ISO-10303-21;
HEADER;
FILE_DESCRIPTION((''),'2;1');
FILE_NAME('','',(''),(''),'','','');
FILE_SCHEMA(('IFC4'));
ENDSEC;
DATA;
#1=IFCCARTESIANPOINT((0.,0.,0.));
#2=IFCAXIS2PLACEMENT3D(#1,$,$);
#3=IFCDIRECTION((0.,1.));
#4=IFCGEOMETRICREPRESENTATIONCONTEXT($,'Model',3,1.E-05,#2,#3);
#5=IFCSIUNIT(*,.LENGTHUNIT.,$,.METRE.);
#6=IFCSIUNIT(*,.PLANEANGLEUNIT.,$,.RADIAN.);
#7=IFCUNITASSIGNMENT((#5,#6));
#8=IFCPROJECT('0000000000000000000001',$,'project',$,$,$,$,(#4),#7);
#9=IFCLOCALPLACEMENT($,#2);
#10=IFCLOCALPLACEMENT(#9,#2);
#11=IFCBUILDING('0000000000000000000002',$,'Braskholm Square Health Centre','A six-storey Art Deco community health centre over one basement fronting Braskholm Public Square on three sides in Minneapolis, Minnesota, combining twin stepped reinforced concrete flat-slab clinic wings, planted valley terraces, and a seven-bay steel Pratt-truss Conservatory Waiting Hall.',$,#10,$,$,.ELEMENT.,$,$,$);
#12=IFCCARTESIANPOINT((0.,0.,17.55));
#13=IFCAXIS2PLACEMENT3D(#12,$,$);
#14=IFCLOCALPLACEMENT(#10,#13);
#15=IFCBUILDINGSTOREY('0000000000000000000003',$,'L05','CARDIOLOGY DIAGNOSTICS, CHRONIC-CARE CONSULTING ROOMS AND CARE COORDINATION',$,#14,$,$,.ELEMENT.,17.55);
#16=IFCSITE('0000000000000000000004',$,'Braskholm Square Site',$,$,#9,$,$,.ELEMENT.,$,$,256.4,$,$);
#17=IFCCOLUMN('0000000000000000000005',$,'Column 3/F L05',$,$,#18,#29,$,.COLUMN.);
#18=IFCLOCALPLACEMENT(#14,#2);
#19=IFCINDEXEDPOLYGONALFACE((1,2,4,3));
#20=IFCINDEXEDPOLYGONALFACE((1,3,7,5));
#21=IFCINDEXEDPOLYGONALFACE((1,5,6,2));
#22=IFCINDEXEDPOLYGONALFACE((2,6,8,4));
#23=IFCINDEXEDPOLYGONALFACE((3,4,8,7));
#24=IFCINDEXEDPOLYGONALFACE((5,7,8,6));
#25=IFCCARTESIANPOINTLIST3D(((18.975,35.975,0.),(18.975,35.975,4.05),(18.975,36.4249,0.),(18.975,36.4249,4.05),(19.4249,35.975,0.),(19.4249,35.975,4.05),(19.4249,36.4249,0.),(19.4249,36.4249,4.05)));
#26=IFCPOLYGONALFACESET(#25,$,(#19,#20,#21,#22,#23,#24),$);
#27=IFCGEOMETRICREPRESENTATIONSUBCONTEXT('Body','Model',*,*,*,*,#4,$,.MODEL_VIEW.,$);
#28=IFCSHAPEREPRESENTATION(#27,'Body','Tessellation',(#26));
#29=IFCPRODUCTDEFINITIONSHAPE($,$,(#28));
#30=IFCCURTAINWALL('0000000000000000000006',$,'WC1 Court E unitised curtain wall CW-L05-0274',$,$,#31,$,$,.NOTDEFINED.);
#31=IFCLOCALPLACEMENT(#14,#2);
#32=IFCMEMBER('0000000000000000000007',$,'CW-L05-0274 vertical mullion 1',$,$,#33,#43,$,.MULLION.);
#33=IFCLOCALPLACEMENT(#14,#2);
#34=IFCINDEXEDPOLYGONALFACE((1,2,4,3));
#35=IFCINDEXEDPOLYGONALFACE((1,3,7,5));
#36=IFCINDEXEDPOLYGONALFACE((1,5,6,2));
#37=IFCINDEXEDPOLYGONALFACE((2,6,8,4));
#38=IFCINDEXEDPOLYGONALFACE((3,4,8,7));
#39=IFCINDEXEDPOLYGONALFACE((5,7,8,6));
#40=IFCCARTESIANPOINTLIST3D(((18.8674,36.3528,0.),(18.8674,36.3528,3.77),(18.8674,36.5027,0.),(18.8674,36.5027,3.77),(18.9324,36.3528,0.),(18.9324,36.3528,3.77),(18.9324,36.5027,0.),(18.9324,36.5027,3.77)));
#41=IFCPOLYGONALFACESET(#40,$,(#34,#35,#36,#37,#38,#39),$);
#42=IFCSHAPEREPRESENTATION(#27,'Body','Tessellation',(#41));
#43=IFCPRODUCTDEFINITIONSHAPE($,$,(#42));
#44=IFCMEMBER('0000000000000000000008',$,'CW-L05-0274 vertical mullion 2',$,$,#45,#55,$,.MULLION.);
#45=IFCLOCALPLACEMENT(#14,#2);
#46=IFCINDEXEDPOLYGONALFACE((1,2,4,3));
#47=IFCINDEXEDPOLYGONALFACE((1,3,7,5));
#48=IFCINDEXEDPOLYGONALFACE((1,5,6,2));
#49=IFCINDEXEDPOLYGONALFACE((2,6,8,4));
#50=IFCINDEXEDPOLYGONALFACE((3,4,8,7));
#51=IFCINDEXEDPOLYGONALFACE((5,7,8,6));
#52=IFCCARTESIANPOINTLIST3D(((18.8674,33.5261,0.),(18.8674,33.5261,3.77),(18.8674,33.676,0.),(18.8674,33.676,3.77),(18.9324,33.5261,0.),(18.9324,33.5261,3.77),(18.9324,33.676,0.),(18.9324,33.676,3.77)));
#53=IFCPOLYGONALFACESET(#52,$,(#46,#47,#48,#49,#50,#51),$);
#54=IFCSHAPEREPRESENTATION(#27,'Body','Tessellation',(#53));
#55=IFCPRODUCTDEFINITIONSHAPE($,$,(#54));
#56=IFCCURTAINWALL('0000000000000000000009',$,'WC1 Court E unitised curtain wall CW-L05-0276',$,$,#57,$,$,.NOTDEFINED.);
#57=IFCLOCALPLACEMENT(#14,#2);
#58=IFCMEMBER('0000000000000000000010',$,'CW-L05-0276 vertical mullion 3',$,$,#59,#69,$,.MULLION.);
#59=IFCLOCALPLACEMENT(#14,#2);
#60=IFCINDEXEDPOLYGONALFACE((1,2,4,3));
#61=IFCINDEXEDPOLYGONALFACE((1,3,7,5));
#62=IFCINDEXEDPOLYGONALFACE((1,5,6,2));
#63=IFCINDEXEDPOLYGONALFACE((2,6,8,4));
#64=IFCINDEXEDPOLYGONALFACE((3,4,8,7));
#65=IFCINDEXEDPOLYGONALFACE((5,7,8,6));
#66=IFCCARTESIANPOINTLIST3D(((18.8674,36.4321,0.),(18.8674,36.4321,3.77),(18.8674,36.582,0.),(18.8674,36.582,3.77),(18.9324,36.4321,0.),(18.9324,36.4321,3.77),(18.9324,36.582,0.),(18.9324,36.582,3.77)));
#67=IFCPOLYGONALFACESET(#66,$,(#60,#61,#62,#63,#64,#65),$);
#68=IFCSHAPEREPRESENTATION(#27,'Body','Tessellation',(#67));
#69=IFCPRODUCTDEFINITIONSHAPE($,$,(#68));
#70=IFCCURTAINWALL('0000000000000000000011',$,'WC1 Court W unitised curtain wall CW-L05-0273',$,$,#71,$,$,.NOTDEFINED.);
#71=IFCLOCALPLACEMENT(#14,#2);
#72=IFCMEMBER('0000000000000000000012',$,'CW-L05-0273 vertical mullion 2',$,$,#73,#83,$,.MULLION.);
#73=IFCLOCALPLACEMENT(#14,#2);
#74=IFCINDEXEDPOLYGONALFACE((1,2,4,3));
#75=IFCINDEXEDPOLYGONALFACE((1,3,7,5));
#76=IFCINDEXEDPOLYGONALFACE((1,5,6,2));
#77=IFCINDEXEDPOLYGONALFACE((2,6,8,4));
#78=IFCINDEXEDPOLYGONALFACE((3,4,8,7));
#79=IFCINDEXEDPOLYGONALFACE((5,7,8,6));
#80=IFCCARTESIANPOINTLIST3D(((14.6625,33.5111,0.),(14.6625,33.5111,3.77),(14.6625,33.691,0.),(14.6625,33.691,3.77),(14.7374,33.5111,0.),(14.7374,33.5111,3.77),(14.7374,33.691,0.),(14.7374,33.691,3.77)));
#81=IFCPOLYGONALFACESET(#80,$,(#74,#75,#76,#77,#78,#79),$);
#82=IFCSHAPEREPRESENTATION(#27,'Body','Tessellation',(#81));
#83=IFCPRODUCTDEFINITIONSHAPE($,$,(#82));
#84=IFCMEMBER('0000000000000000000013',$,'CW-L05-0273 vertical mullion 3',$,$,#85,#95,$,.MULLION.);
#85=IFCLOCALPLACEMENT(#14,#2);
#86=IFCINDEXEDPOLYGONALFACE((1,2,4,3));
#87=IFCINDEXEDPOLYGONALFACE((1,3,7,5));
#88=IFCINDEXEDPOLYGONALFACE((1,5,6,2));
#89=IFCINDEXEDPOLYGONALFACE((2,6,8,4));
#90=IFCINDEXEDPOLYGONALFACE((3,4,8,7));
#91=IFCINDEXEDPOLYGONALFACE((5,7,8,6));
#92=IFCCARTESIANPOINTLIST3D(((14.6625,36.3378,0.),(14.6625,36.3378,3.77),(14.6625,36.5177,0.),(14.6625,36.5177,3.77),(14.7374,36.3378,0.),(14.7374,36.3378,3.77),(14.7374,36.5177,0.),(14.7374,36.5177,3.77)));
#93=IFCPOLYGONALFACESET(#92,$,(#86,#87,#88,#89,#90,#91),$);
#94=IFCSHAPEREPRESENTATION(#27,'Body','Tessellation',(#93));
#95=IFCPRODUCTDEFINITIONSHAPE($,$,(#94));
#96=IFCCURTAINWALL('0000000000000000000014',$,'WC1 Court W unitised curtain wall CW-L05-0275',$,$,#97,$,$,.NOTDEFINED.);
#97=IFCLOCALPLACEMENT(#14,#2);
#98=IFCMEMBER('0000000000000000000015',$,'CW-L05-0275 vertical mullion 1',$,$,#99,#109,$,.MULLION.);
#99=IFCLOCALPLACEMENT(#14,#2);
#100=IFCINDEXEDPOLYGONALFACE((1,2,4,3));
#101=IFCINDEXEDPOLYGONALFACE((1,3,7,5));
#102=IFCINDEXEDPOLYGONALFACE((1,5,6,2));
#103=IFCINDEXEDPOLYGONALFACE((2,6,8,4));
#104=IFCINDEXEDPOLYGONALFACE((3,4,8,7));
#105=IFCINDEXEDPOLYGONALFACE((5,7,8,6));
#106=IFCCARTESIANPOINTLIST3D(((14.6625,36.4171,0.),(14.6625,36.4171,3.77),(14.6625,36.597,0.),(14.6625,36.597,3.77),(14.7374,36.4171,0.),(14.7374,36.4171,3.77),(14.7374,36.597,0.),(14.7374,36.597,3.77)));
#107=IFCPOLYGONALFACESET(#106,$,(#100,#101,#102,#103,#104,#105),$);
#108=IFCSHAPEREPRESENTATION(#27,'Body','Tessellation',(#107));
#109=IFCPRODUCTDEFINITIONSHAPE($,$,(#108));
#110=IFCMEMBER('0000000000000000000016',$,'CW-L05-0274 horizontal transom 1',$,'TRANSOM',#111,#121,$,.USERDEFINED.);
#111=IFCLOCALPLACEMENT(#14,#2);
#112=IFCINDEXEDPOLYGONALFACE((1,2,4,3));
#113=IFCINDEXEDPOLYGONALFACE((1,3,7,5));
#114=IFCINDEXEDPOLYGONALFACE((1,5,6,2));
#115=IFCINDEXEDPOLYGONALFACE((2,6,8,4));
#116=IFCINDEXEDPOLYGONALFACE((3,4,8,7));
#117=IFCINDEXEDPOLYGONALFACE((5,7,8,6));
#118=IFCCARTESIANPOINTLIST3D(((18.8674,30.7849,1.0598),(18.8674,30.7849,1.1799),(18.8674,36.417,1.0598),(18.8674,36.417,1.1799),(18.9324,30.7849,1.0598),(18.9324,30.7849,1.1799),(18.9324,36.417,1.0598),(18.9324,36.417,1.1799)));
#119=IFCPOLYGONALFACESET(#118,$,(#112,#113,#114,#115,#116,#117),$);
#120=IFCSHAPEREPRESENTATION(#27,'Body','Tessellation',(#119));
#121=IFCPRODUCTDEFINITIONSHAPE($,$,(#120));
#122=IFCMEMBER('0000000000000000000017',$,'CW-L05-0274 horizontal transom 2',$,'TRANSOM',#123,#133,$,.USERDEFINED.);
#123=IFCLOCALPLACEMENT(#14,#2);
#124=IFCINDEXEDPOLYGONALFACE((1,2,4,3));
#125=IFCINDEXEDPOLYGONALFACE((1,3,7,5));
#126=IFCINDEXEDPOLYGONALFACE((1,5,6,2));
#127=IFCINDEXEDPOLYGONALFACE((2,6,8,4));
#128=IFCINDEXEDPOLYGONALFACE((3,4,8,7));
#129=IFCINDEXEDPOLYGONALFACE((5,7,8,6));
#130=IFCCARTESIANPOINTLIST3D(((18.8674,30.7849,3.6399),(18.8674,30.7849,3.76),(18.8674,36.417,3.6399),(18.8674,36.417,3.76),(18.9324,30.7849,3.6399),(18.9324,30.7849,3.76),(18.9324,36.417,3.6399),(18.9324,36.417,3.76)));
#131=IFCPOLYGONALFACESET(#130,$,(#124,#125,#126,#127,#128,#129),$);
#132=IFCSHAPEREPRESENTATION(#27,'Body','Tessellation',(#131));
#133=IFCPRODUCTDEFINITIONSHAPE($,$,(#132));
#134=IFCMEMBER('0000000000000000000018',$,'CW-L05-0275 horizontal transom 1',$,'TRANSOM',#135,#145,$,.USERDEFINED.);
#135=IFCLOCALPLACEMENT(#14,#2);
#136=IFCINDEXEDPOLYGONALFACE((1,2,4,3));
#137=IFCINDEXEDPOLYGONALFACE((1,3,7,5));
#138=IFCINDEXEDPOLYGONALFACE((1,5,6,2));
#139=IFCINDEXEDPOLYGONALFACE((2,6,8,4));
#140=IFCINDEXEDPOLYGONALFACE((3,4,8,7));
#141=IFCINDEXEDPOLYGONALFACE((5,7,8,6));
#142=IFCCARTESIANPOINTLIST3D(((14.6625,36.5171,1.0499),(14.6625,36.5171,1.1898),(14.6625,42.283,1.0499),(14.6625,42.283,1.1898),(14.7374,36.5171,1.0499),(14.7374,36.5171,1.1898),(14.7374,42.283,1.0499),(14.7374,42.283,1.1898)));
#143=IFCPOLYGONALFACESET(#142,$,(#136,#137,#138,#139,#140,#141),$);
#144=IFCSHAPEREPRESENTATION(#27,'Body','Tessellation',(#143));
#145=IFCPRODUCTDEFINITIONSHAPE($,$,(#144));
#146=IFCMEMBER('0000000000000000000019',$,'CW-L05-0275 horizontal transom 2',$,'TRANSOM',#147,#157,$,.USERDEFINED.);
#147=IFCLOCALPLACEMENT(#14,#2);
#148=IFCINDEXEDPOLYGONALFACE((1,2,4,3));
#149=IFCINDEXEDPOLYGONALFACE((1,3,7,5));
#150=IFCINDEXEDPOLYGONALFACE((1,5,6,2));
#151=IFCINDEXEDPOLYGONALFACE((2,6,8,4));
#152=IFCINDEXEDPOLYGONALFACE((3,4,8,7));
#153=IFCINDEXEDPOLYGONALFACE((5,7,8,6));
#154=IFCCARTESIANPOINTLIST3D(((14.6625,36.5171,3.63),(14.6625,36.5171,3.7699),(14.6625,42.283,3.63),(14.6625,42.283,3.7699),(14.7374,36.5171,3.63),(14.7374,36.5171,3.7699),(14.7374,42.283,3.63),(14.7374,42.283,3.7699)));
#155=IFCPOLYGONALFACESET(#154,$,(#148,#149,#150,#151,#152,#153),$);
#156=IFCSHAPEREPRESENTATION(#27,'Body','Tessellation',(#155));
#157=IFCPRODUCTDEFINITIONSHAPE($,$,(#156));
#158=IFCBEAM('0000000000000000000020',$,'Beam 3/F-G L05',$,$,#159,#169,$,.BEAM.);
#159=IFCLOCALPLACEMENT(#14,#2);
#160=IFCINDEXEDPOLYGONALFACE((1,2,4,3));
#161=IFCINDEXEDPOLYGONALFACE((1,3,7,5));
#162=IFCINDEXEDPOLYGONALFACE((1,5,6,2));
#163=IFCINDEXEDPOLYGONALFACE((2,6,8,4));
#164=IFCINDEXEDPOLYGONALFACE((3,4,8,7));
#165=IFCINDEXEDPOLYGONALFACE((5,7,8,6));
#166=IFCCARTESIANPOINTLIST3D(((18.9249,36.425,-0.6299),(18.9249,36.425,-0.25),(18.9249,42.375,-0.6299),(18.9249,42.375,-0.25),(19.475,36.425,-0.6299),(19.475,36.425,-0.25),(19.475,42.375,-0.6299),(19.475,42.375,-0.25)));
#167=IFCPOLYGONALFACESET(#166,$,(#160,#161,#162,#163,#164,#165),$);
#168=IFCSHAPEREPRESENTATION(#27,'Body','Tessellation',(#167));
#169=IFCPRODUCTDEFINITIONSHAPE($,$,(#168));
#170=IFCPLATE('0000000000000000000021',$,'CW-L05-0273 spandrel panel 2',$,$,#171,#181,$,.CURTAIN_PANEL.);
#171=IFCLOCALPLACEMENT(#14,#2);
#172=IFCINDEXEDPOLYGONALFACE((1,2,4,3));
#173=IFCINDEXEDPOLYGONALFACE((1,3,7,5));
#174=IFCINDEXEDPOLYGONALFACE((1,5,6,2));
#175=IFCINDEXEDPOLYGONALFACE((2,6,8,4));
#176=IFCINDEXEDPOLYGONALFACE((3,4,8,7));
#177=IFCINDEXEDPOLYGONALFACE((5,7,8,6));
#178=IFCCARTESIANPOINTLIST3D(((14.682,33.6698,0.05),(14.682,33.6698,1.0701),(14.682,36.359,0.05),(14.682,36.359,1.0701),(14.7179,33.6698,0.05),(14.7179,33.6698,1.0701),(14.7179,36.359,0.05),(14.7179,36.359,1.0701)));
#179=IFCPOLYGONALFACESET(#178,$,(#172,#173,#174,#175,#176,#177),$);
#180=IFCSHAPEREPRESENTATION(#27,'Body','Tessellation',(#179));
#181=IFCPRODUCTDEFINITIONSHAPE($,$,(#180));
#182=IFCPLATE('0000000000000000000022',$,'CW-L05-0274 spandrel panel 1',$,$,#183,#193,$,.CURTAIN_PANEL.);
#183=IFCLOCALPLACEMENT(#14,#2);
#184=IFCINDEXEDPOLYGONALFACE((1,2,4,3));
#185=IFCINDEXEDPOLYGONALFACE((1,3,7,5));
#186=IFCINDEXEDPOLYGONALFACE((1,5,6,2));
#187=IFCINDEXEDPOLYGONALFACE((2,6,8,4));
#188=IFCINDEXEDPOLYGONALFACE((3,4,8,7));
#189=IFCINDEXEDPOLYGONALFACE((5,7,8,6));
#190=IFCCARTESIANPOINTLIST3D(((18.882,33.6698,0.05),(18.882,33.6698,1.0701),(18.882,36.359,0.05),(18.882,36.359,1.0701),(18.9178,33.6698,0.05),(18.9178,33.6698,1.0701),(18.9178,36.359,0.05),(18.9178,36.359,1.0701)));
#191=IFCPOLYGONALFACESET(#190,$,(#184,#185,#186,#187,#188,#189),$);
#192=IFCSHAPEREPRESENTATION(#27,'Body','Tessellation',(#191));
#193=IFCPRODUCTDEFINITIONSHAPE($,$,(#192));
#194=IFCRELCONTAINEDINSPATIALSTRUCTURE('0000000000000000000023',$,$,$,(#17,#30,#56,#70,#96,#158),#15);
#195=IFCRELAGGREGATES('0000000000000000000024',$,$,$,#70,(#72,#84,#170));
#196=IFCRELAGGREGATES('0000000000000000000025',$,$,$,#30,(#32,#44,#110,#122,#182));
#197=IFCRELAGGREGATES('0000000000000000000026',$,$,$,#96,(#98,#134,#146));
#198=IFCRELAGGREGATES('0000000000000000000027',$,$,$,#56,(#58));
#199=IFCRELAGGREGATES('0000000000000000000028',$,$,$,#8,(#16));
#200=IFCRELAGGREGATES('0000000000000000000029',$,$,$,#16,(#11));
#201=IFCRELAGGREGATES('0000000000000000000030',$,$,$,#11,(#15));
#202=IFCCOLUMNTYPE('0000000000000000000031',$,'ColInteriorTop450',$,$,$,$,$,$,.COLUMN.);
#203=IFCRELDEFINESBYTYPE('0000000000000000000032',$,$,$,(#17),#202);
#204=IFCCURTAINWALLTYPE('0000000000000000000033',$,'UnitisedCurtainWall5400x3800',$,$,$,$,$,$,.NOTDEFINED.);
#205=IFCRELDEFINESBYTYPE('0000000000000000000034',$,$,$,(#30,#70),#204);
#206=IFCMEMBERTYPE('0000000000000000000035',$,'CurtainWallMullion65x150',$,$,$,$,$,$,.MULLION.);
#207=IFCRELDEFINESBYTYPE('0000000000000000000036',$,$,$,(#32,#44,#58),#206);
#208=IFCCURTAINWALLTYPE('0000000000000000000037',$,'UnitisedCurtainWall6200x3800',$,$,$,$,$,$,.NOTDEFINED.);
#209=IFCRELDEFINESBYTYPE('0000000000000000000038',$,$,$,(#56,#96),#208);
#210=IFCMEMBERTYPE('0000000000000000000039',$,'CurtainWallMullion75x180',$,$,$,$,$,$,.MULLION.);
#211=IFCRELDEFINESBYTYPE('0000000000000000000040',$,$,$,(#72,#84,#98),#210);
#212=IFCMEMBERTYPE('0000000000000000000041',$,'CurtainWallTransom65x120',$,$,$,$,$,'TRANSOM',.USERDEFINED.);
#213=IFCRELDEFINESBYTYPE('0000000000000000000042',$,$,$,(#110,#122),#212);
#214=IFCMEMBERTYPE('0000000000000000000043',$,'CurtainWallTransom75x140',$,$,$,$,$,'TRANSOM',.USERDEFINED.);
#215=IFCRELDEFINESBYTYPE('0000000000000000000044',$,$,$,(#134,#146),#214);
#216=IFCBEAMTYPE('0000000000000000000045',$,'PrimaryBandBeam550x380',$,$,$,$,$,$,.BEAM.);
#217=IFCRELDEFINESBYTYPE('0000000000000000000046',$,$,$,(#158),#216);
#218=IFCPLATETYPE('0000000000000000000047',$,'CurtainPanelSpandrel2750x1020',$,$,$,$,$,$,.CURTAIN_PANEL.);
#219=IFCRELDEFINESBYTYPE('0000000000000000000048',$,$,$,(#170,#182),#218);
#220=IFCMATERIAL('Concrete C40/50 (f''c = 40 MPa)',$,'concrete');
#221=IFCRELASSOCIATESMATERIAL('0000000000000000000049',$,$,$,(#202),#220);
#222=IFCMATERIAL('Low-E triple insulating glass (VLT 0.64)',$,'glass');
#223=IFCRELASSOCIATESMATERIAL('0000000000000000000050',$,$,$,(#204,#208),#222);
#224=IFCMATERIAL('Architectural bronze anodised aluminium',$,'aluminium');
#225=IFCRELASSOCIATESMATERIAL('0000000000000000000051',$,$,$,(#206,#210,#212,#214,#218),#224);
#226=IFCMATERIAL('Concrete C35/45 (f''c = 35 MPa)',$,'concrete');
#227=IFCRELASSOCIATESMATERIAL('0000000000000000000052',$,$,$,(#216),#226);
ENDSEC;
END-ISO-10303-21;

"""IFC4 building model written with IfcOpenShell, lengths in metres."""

from ifc_helpers import new_model, si_unit, direction, frame, origin, origin_2d, place, context, subcontext, project, spatial, rectangle, extrude, material, material_profile, profile_set, type_object, element, aggregate, save


model = new_model("IFC4")

# Units and contexts
model_context = context("Model", 3, precision=1e-05, world=origin(), true_north=direction((0.0, 1.0)))
body_context = subcontext(model_context, "Body", "Model", "MODEL_VIEW")
ifc_project = project(units=[si_unit("LENGTHUNIT", "METRE"), si_unit("PLANEANGLEUNIT", "RADIAN")], contexts=[model_context])

# Site, building, storey
site_placement = place(None, origin())
site = spatial("IfcSite", under=ifc_project, at=site_placement, Name="Braskholm Square Site", CompositionType="ELEMENT", RefElevation=256.4)
building_placement = place(site_placement, origin())
building = spatial("IfcBuilding", under=site, at=building_placement, Name="Braskholm Square Health Centre", Description="A six-storey Art Deco community health centre over one basement fronting Braskholm Public Square on three sides in Minneapolis, Minnesota, combining twin stepped reinforced concrete flat-slab clinic wings, planted valley terraces, and a seven-bay steel Pratt-truss Conservatory Waiting Hall.", CompositionType="ELEMENT")
storey_placement = place(building_placement, frame((0.0, 0.0, 17.55)))
storey = spatial("IfcBuildingStorey", under=building, at=storey_placement, Name="L05", Description="CARDIOLOGY DIAGNOSTICS, CHRONIC-CARE CONSULTING ROOMS AND CARE COORDINATION", CompositionType="ELEMENT", Elevation=17.55)

# Column
ifc_material_1 = material(Name="Concrete C40/50 (f'c = 40 MPa)", Category="concrete")
ifc_material_profile_1 = material_profile(ifc_material_1, rectangle(XDim=0.45, YDim=0.45, at=origin_2d()), Name="RC-450X450")
ifc_profile_set_1 = profile_set([ifc_material_profile_1], Name="Concrete C40/50 (f'c = 40 MPa)")
column_type = type_object("IfcColumnType", Name="ColInteriorTop450", PredefinedType="COLUMN", material=ifc_profile_set_1)
column_placement = place(storey_placement, frame((19.2, 36.2, 0.0), z_axis=(0.0, 0.0, 1.0), x_axis=(1.0, 0.0, 0.0)))
element("IfcColumn", 1, at=column_placement, inside=storey, type_object=column_type, Name="Column 3/F L05", PredefinedType="COLUMN", context=body_context, shape_type="SweptSolid", body=[
    extrude(rectangle(XDim=0.45, YDim=0.45, at=origin_2d()), origin(), (0.0, 0.0, 1.0), 4.05),
])

# Curtain wall, members
ifc_material_2 = material(Name="Low-E triple insulating glass (VLT 0.64)", Category="glass")
curtain_wall_type_1 = type_object("IfcCurtainWallType", Name="UnitisedCurtainWall5400x3800", PredefinedType="NOTDEFINED", material=ifc_material_2)
curtain_wall_1_placement = place(storey_placement, origin())
curtain_wall_1 = element("IfcCurtainWall", 2, at=curtain_wall_1_placement, inside=storey, type_object=curtain_wall_type_1, Name="WC1 Court E unitised curtain wall CW-L05-0274", PredefinedType="NOTDEFINED")
ifc_material_3 = material(Name="Architectural bronze anodised aluminium", Category="aluminium")
ifc_material_profile_2 = material_profile(ifc_material_3, rectangle(XDim=0.0649, YDim=0.1499, at=origin_2d()), Name="ALU-65X150")
ifc_profile_set_2 = profile_set([ifc_material_profile_2], Name="Architectural bronze anodised aluminium")
member_type_1 = type_object("IfcMemberType", Name="CurtainWallMullion65x150", PredefinedType="MULLION", material=ifc_profile_set_2)
member_1_placement = place(storey_placement, frame((18.8999, 36.4277, 0.0), z_axis=(0.0, 0.0, 1.0), x_axis=(1.0, 0.0, 0.0)))
member_1 = element("IfcMember", 3, at=member_1_placement, type_object=member_type_1, Name="CW-L05-0274 vertical mullion 1", PredefinedType="MULLION", context=body_context, shape_type="SweptSolid", body=[
    extrude(rectangle(XDim=0.0649, YDim=0.1499, at=origin_2d()), origin(), (0.0, 0.0, 1.0), 3.77),
])
member_2_placement = place(storey_placement, frame((18.8999, 33.6011, 0.0), z_axis=(0.0, 0.0, 1.0), x_axis=(1.0, 0.0, 0.0)))
member_2 = element("IfcMember", 4, at=member_2_placement, type_object=member_type_1, Name="CW-L05-0274 vertical mullion 2", PredefinedType="MULLION", context=body_context, shape_type="SweptSolid", body=[
    extrude(rectangle(XDim=0.0649, YDim=0.1499, at=origin_2d()), origin(), (0.0, 0.0, 1.0), 3.77),
])

# Curtain wall, member
curtain_wall_type_2 = type_object("IfcCurtainWallType", Name="UnitisedCurtainWall6200x3800", PredefinedType="NOTDEFINED", material=ifc_material_2)
curtain_wall_2_placement = place(storey_placement, origin())
curtain_wall_2 = element("IfcCurtainWall", 5, at=curtain_wall_2_placement, inside=storey, type_object=curtain_wall_type_2, Name="WC1 Court E unitised curtain wall CW-L05-0276", PredefinedType="NOTDEFINED")
member_3_placement = place(storey_placement, frame((18.8999, 36.5071, 0.0), z_axis=(0.0, 0.0, 1.0), x_axis=(1.0, 0.0, 0.0)))
member_3 = element("IfcMember", 6, at=member_3_placement, type_object=member_type_1, Name="CW-L05-0276 vertical mullion 3", PredefinedType="MULLION", context=body_context, shape_type="SweptSolid", body=[
    extrude(rectangle(XDim=0.0649, YDim=0.1499, at=origin_2d()), origin(), (0.0, 0.0, 1.0), 3.77),
])

# Curtain wall, members
curtain_wall_3_placement = place(storey_placement, origin())
curtain_wall_3 = element("IfcCurtainWall", 7, at=curtain_wall_3_placement, inside=storey, type_object=curtain_wall_type_1, Name="WC1 Court W unitised curtain wall CW-L05-0273", PredefinedType="NOTDEFINED")
ifc_material_profile_3 = material_profile(ifc_material_3, rectangle(XDim=0.075, YDim=0.1799, at=origin_2d()), Name="ALU-75X180")
ifc_profile_set_3 = profile_set([ifc_material_profile_3], Name="Architectural bronze anodised aluminium")
member_type_2 = type_object("IfcMemberType", Name="CurtainWallMullion75x180", PredefinedType="MULLION", material=ifc_profile_set_3)
member_4_placement = place(storey_placement, frame((14.7, 33.6011, 0.0), z_axis=(0.0, 0.0, 1.0), x_axis=(1.0, 0.0, 0.0)))
member_4 = element("IfcMember", 8, at=member_4_placement, type_object=member_type_2, Name="CW-L05-0273 vertical mullion 2", PredefinedType="MULLION", context=body_context, shape_type="SweptSolid", body=[
    extrude(rectangle(XDim=0.075, YDim=0.1799, at=origin_2d()), origin(), (0.0, 0.0, 1.0), 3.77),
])
member_5_placement = place(storey_placement, frame((14.7, 36.4277, 0.0), z_axis=(0.0, 0.0, 1.0), x_axis=(1.0, 0.0, 0.0)))
member_5 = element("IfcMember", 9, at=member_5_placement, type_object=member_type_2, Name="CW-L05-0273 vertical mullion 3", PredefinedType="MULLION", context=body_context, shape_type="SweptSolid", body=[
    extrude(rectangle(XDim=0.075, YDim=0.1799, at=origin_2d()), origin(), (0.0, 0.0, 1.0), 3.77),
])

# Curtain wall, member
curtain_wall_4_placement = place(storey_placement, origin())
curtain_wall_4 = element("IfcCurtainWall", 10, at=curtain_wall_4_placement, inside=storey, type_object=curtain_wall_type_2, Name="WC1 Court W unitised curtain wall CW-L05-0275", PredefinedType="NOTDEFINED")
member_6_placement = place(storey_placement, frame((14.7, 36.5071, 0.0), z_axis=(0.0, 0.0, 1.0), x_axis=(1.0, 0.0, 0.0)))
member_6 = element("IfcMember", 11, at=member_6_placement, type_object=member_type_2, Name="CW-L05-0275 vertical mullion 1", PredefinedType="MULLION", context=body_context, shape_type="SweptSolid", body=[
    extrude(rectangle(XDim=0.075, YDim=0.1799, at=origin_2d()), origin(), (0.0, 0.0, 1.0), 3.77),
])

# Members
ifc_material_profile_4 = material_profile(ifc_material_3, rectangle(XDim=0.0649, YDim=0.1201, at=origin_2d()), Name="ALU-65X120")
ifc_profile_set_4 = profile_set([ifc_material_profile_4], Name="Architectural bronze anodised aluminium")
member_type_3 = type_object("IfcMemberType", Name="CurtainWallTransom65x120", ElementType="TRANSOM", PredefinedType="USERDEFINED", material=ifc_profile_set_4)
member_7_placement = place(storey_placement, frame((18.8999, 36.417, 1.1199), z_axis=(0.0, -1.0, 0.0), x_axis=(1.0, 0.0, 0.0)))
member_7 = element("IfcMember", 12, at=member_7_placement, type_object=member_type_3, Name="CW-L05-0274 horizontal transom 1", ObjectType="TRANSOM", PredefinedType="USERDEFINED", context=body_context, shape_type="SweptSolid", body=[
    extrude(rectangle(XDim=0.0649, YDim=0.1201, at=origin_2d()), origin(), (0.0, 0.0, 1.0), 5.6321),
])
member_8_placement = place(storey_placement, frame((18.8999, 36.417, 3.7), z_axis=(0.0, -1.0, 0.0), x_axis=(1.0, 0.0, 0.0)))
member_8 = element("IfcMember", 13, at=member_8_placement, type_object=member_type_3, Name="CW-L05-0274 horizontal transom 2", ObjectType="TRANSOM", PredefinedType="USERDEFINED", context=body_context, shape_type="SweptSolid", body=[
    extrude(rectangle(XDim=0.0649, YDim=0.1201, at=origin_2d()), origin(), (0.0, 0.0, 1.0), 5.6321),
])
ifc_material_profile_5 = material_profile(ifc_material_3, rectangle(XDim=0.075, YDim=0.1399, at=origin_2d()), Name="ALU-75X140")
ifc_profile_set_5 = profile_set([ifc_material_profile_5], Name="Architectural bronze anodised aluminium")
member_type_4 = type_object("IfcMemberType", Name="CurtainWallTransom75x140", ElementType="TRANSOM", PredefinedType="USERDEFINED", material=ifc_profile_set_5)
member_9_placement = place(storey_placement, frame((14.7, 36.5171, 1.1199), z_axis=(0.0, 1.0, 0.0), x_axis=(-1.0, 0.0, 0.0)))
member_9 = element("IfcMember", 14, at=member_9_placement, type_object=member_type_4, Name="CW-L05-0275 horizontal transom 1", ObjectType="TRANSOM", PredefinedType="USERDEFINED", context=body_context, shape_type="SweptSolid", body=[
    extrude(rectangle(XDim=0.075, YDim=0.1399, at=origin_2d()), origin(), (0.0, 0.0, 1.0), 5.7659),
])
member_10_placement = place(storey_placement, frame((14.7, 36.5171, 3.7), z_axis=(0.0, 1.0, 0.0), x_axis=(-1.0, 0.0, 0.0)))
member_10 = element("IfcMember", 15, at=member_10_placement, type_object=member_type_4, Name="CW-L05-0275 horizontal transom 2", ObjectType="TRANSOM", PredefinedType="USERDEFINED", context=body_context, shape_type="SweptSolid", body=[
    extrude(rectangle(XDim=0.075, YDim=0.1399, at=origin_2d()), origin(), (0.0, 0.0, 1.0), 5.7659),
])

# Beam
ifc_material_4 = material(Name="Concrete C35/45 (f'c = 35 MPa)", Category="concrete")
ifc_material_profile_6 = material_profile(ifc_material_4, rectangle(XDim=0.55, YDim=0.3799, at=origin_2d()), Name="RCB-550X380")
ifc_profile_set_6 = profile_set([ifc_material_profile_6], Name="Concrete C35/45 (f'c = 35 MPa)")
beam_type = type_object("IfcBeamType", Name="PrimaryBandBeam550x380", PredefinedType="BEAM", material=ifc_profile_set_6)
beam_placement = place(storey_placement, frame((19.2, 36.425, -0.4399), z_axis=(0.0, 1.0, 0.0), x_axis=(-1.0, 0.0, 0.0)))
element("IfcBeam", 16, at=beam_placement, inside=storey, type_object=beam_type, Name="Beam 3/F-G L05", PredefinedType="BEAM", context=body_context, shape_type="SweptSolid", body=[
    extrude(rectangle(XDim=0.55, YDim=0.3799, at=origin_2d()), origin(), (0.0, 0.0, 1.0), 5.95),
])

# Plates
plate_type_1 = type_object("IfcPlateType", Name="CurtainPanelSpandrel2750x1020", PredefinedType="CURTAIN_PANEL", material=ifc_material_3)
plate_1_placement = place(storey_placement, frame((14.7, 35.0144, 0.05), z_axis=(0.0, 0.0, 1.0), x_axis=(0.0, 1.0, 0.0)))
plate_1 = element("IfcPlate", 17, at=plate_1_placement, type_object=plate_type_1, Name="CW-L05-0273 spandrel panel 2", PredefinedType="CURTAIN_PANEL", context=body_context, shape_type="SweptSolid", body=[
    extrude(rectangle(XDim=2.6892, YDim=0.0359, at=origin_2d()), origin(), (0.0, 0.0, 1.0), 1.02),
])
plate_2_placement = place(storey_placement, frame((18.8999, 35.0144, 0.05), z_axis=(0.0, 0.0, 1.0), x_axis=(0.0, -1.0, 0.0)))
plate_2 = element("IfcPlate", 18, at=plate_2_placement, type_object=plate_type_1, Name="CW-L05-0274 spandrel panel 1", PredefinedType="CURTAIN_PANEL", context=body_context, shape_type="SweptSolid", body=[
    extrude(rectangle(XDim=2.6892, YDim=0.0359, at=origin_2d()), origin(), (0.0, 0.0, 1.0), 1.02),
])
aggregate(curtain_wall_3, [member_4, member_5, plate_1])
aggregate(curtain_wall_1, [member_1, member_2, member_7, member_8, plate_2])
aggregate(curtain_wall_4, [member_6, member_9, member_10])
aggregate(curtain_wall_2, [member_3])

save(model, "model.ifc")
